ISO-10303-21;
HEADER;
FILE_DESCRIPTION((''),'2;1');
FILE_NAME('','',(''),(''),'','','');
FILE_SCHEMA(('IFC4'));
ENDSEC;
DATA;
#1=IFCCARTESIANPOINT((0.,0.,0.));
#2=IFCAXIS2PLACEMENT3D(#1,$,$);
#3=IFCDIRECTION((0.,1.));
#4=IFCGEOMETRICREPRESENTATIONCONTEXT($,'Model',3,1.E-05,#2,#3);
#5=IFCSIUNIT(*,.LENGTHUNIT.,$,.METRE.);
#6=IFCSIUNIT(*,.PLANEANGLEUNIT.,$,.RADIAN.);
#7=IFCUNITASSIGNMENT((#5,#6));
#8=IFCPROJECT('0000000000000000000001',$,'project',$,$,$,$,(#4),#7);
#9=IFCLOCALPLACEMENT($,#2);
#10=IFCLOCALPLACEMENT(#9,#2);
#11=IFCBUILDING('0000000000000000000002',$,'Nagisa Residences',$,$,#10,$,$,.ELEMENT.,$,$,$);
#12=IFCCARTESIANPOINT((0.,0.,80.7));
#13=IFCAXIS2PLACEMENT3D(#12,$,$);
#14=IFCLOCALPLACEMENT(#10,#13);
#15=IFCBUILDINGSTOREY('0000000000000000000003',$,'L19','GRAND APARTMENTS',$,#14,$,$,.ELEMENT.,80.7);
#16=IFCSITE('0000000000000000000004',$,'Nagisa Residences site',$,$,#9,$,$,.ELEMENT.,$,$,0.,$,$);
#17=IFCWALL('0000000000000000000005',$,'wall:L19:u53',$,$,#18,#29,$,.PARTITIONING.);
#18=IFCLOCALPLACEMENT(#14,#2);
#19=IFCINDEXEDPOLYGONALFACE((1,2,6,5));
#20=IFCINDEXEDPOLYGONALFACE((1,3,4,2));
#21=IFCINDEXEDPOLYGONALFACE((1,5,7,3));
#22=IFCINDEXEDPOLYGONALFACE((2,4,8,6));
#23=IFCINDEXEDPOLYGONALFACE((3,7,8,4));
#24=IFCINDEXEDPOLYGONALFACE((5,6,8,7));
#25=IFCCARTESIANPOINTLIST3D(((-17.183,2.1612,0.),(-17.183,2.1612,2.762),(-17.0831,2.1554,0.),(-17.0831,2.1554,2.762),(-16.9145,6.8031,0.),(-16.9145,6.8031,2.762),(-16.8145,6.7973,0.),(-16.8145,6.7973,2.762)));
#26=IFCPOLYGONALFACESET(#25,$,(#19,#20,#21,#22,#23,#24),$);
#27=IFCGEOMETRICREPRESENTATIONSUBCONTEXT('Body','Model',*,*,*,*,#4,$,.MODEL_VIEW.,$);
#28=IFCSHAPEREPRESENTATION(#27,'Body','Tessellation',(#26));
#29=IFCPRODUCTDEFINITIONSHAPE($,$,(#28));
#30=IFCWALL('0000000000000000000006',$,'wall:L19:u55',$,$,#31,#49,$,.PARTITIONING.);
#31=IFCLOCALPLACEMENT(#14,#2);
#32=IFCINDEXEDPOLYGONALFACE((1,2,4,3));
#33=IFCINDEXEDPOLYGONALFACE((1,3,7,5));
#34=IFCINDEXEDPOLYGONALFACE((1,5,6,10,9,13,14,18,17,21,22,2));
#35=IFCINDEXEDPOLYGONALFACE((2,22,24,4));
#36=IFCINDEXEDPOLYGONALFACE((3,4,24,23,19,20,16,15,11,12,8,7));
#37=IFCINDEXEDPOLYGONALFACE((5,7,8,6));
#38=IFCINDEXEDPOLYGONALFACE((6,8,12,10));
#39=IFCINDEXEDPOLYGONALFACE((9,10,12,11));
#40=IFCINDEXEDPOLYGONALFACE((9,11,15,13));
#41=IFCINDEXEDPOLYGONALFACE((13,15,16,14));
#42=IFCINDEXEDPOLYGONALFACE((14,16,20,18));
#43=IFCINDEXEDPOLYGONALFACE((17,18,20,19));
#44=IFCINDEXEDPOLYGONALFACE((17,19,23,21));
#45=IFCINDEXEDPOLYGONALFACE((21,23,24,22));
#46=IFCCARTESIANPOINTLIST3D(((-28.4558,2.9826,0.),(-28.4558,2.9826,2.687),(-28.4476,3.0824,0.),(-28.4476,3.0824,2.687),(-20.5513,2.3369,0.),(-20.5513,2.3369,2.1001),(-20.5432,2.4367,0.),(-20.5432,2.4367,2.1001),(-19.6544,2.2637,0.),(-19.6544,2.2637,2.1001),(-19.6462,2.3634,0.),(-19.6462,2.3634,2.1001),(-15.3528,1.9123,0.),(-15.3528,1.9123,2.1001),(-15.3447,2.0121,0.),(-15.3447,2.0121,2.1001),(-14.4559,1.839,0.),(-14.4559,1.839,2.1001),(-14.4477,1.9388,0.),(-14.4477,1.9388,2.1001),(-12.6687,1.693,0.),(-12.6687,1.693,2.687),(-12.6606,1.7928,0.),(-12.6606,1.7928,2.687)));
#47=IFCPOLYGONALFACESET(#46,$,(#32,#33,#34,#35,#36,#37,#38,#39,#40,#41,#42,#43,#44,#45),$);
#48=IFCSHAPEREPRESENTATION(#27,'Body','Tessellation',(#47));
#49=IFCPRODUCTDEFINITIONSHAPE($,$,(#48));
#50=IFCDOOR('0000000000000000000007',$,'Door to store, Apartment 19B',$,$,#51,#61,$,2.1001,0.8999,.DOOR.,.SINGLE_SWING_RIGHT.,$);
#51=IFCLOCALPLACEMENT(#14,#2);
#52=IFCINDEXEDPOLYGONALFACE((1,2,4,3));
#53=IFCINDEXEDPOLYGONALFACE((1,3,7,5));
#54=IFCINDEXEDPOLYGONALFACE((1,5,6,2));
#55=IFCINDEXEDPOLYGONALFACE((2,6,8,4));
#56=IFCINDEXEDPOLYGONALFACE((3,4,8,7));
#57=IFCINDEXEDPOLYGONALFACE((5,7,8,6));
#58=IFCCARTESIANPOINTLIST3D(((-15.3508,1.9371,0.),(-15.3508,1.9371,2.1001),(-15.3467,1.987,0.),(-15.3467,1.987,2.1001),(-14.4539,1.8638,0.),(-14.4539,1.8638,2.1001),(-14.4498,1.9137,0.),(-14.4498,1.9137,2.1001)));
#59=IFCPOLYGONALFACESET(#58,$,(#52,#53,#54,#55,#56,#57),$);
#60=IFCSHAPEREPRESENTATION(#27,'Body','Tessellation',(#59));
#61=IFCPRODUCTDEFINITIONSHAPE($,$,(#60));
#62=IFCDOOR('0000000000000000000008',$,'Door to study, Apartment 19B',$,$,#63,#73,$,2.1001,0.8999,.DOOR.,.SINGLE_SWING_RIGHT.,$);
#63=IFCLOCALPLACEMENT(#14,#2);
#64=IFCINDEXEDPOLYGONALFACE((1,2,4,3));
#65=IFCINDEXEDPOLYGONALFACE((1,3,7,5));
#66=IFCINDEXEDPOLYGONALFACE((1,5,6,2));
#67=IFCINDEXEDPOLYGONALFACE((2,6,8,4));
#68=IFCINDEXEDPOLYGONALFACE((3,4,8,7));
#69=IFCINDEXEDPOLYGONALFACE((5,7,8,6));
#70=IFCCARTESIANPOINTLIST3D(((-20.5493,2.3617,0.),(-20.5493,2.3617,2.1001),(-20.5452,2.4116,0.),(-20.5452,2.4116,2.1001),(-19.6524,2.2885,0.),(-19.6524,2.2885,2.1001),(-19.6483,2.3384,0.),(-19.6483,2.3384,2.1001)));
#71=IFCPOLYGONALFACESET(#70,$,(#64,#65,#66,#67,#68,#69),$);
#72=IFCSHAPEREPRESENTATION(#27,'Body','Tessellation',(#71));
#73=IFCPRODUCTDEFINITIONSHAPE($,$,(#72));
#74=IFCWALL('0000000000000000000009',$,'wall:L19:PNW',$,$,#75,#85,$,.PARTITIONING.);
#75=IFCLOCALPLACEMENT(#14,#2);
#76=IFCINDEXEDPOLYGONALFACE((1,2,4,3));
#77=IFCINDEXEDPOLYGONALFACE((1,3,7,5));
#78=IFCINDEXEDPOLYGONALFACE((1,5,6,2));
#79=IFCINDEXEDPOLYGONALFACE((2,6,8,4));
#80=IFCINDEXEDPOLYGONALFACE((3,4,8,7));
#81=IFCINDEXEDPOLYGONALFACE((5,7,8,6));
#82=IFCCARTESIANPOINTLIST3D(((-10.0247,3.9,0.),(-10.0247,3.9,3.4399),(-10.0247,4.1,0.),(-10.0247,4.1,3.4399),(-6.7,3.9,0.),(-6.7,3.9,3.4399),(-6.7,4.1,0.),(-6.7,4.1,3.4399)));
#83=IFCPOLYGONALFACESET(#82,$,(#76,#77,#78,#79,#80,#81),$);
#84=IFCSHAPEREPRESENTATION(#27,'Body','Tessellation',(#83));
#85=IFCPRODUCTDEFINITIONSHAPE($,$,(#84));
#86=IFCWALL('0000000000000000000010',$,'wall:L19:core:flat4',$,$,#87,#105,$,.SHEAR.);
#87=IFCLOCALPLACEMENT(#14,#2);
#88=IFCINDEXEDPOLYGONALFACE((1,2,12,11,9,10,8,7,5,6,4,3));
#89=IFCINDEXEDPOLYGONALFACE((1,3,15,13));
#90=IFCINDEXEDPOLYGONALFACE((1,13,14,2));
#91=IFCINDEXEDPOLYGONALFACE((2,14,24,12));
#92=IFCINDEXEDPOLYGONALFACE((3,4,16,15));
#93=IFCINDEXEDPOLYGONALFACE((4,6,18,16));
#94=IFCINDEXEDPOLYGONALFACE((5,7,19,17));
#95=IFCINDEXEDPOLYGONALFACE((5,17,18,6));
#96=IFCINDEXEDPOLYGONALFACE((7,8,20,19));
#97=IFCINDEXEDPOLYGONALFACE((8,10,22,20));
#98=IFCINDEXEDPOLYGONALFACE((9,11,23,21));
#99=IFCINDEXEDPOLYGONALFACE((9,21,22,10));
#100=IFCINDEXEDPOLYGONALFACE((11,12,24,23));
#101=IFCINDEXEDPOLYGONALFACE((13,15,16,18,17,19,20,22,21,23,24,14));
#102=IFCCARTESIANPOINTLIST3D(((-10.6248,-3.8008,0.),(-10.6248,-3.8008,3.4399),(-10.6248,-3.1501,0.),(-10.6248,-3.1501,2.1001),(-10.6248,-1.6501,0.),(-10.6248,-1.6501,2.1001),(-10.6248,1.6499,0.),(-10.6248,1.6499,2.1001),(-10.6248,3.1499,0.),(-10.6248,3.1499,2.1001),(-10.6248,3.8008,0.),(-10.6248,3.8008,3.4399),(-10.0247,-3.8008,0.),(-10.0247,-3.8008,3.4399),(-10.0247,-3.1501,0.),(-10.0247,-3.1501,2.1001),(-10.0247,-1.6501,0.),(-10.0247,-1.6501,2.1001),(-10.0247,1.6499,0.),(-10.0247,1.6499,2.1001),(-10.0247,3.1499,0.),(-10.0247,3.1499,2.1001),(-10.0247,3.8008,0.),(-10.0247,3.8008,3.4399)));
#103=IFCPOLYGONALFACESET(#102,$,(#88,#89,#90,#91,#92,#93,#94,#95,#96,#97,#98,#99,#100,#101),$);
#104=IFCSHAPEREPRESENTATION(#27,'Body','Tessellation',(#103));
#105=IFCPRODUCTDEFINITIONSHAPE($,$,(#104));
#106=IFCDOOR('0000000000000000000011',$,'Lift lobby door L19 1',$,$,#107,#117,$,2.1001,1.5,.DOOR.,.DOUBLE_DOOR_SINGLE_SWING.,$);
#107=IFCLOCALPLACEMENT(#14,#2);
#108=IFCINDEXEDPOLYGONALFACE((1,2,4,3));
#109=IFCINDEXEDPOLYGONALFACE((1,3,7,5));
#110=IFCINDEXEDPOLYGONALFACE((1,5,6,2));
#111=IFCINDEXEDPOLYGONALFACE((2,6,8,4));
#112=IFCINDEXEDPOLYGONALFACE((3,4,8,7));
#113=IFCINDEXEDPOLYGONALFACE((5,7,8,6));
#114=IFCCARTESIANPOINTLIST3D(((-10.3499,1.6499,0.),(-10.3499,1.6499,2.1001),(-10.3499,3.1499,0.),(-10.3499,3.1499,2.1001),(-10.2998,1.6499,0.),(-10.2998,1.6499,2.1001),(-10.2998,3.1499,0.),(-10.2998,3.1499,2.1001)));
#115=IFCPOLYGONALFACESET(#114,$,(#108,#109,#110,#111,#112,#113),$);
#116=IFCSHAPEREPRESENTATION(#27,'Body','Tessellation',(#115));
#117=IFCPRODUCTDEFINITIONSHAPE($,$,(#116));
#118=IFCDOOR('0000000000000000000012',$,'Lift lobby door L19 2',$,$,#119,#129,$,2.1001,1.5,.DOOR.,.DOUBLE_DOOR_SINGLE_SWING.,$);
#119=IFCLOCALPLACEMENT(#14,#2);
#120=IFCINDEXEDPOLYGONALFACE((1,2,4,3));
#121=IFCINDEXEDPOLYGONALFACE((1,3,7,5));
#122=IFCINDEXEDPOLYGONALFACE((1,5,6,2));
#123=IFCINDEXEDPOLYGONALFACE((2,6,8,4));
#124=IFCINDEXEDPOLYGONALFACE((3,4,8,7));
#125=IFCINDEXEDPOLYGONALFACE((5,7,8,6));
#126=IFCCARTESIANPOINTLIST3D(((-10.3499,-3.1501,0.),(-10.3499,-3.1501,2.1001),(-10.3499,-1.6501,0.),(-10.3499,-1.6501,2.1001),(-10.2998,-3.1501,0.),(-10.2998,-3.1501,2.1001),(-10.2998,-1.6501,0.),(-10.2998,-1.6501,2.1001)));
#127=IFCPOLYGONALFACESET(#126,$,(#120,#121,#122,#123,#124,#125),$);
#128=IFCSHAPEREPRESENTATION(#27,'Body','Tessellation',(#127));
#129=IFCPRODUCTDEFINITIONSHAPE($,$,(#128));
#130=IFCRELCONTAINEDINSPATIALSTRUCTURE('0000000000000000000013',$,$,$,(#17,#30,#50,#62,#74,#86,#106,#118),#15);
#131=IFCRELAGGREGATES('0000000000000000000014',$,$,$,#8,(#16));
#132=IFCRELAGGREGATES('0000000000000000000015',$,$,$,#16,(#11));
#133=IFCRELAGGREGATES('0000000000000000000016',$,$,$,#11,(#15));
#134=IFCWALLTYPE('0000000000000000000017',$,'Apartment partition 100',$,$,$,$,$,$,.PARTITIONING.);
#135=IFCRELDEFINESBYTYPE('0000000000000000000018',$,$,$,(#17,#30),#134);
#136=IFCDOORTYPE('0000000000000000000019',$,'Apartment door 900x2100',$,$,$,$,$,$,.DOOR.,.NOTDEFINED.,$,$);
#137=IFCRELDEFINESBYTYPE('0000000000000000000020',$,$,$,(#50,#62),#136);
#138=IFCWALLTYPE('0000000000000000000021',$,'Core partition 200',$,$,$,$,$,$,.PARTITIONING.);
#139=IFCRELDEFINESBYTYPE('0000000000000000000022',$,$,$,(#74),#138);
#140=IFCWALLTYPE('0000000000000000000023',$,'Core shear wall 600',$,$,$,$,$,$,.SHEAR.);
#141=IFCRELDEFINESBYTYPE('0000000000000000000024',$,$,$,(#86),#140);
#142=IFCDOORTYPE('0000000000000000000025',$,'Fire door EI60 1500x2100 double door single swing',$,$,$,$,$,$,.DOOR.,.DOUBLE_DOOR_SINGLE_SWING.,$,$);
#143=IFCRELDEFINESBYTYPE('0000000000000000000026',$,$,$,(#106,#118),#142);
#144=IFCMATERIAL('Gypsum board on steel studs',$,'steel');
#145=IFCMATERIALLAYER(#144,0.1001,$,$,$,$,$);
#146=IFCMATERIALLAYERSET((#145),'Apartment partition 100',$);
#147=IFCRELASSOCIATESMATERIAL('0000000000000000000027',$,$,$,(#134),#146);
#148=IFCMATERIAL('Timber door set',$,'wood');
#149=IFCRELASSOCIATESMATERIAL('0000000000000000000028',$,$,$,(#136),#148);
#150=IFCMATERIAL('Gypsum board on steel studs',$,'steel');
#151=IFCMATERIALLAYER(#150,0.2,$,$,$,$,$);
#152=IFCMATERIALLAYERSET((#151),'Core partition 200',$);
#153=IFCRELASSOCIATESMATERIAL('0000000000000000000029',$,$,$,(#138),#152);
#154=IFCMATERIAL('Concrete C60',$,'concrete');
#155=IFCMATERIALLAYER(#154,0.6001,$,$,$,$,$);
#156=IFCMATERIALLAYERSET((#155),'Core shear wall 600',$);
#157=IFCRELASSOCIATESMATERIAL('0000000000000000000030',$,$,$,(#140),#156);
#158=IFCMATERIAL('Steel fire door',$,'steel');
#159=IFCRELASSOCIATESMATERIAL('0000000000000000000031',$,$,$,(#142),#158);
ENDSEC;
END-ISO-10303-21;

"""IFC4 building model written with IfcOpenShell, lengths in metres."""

from ifc_helpers import new_model, si_unit, direction, frame, frame_2d, origin, place, context, subcontext, project, spatial, rectangle, extrude, material, layer, layer_set, type_object, element, fill, save


model = new_model("IFC4")

# Units and contexts
model_context = context("Model", 3, precision=1e-05, world=origin(), true_north=direction((0.0, 1.0)))
body_context = subcontext(model_context, "Body", "Model", "MODEL_VIEW")
ifc_project = project(units=[si_unit("LENGTHUNIT", "METRE"), si_unit("PLANEANGLEUNIT", "RADIAN")], contexts=[model_context])

# Site, building, storey
site_placement = place(None, origin())
site = spatial("IfcSite", under=ifc_project, at=site_placement, Name="Nagisa Residences site", CompositionType="ELEMENT", RefElevation=0.0)
building_placement = place(site_placement, origin())
building = spatial("IfcBuilding", under=site, at=building_placement, Name="Nagisa Residences", CompositionType="ELEMENT")
storey_placement = place(building_placement, frame((0.0, 0.0, 80.7)))
storey = spatial("IfcBuildingStorey", under=building, at=storey_placement, Name="L19", Description="GRAND APARTMENTS", CompositionType="ELEMENT", Elevation=80.7)

# Shared definitions
ifc_material_1 = material(Name="Gypsum board on steel studs", Category="steel")
ifc_layer_1 = layer(ifc_material_1, 0.1001)
ifc_layer_set_1 = layer_set([ifc_layer_1], Name="Apartment partition 100")
wall_type_1 = type_object("IfcWallType", Name="Apartment partition 100", PredefinedType="PARTITIONING", material=ifc_layer_set_1)

# Shared definitions
ifc_material_2 = material(Name="Timber door set", Category="wood")
door_type_1 = type_object("IfcDoorType", Name="Apartment door 900x2100", OperationType="NOTDEFINED", PredefinedType="DOOR", material=ifc_material_2)

# Wall
wall_1_placement = place(storey_placement, frame((-16.8645, 6.8, 0.0), z_axis=(0.0, 0.0, 1.0), x_axis=(-0.057759, -0.998331, 0.0)))
element("IfcWall", 1, at=wall_1_placement, inside=storey, type_object=wall_type_1, Name="wall:L19:u53", PredefinedType="PARTITIONING", context=body_context, shape_type="SweptSolid", body=[
    extrude(rectangle(XDim=4.6497, YDim=0.1001, at=frame_2d((2.3247, 0.0))), origin(), (0.0, 0.0, 1.0), 2.762),
])

# Wall, openings, doors
wall_2_placement = place(storey_placement, frame((-12.6646, 1.7429, 0.0), z_axis=(0.0, 0.0, 1.0), x_axis=(-0.99668, 0.081413, 0.0)))
wall_2 = element("IfcWall", 2, at=wall_2_placement, inside=storey, type_object=wall_type_1, Name="wall:L19:u55", PredefinedType="PARTITIONING", context=body_context, shape_type="SweptSolid", body=[
    extrude(rectangle(XDim=15.8396, YDim=0.1001, at=frame_2d((7.9199, 0.0))), origin(), (0.0, 0.0, 1.0), 2.687),
])
opening_1_placement = place(wall_2_placement, frame((1.7932, 0.0, 0.0)))
opening_1 = element("IfcOpeningElement", 3, at=opening_1_placement, cuts=wall_2, PredefinedType="OPENING", context=body_context, shape_type="SweptSolid", body=[
    extrude(rectangle(XDim=0.8999, YDim=2.1001, at=frame_2d((0.45, 1.05))), frame((0.0, 0.0601, 0.0), z_axis=(0.0, -1.0, 0.0), x_axis=(1.0, 0.0, 0.0)), (0.0, 0.0, 1.0), 0.1201),
])
opening_2_placement = place(wall_2_placement, frame((7.009, 0.0, 0.0)))
opening_2 = element("IfcOpeningElement", 4, at=opening_2_placement, cuts=wall_2, PredefinedType="OPENING", context=body_context, shape_type="SweptSolid", body=[
    extrude(rectangle(XDim=0.8999, YDim=2.1001, at=frame_2d((0.45, 1.05))), frame((0.0, 0.0601, 0.0), z_axis=(0.0, -1.0, 0.0), x_axis=(1.0, 0.0, 0.0)), (0.0, 0.0, 1.0), 0.1201),
])
door_1_placement = place(opening_1_placement, frame((0.8999, 0.0, 0.0), x_axis=(-1.0, 0.0, 0.0)))
door_1 = element("IfcDoor", 5, at=door_1_placement, inside=storey, type_object=door_type_1, Name="Door to store, Apartment 19B", OperationType="SINGLE_SWING_RIGHT", OverallHeight=2.1001, OverallWidth=0.8999, PredefinedType="DOOR", context=body_context, shape_type="SweptSolid", body=[
    extrude(rectangle(XDim=0.8999, YDim=2.1001, at=frame_2d((0.45, 1.05))), frame((0.0, 0.0249, 0.0), z_axis=(0.0, -1.0, 0.0), x_axis=(1.0, 0.0, 0.0)), (0.0, 0.0, 1.0), 0.05),
])
fill(opening_1, door_1)
door_2_placement = place(opening_2_placement, frame((0.8999, 0.0, 0.0), x_axis=(-1.0, 0.0, 0.0)))
door_2 = element("IfcDoor", 6, at=door_2_placement, inside=storey, type_object=door_type_1, Name="Door to study, Apartment 19B", OperationType="SINGLE_SWING_RIGHT", OverallHeight=2.1001, OverallWidth=0.8999, PredefinedType="DOOR", context=body_context, shape_type="SweptSolid", body=[
    extrude(rectangle(XDim=0.8999, YDim=2.1001, at=frame_2d((0.45, 1.05))), frame((0.0, 0.0249, 0.0), z_axis=(0.0, -1.0, 0.0), x_axis=(1.0, 0.0, 0.0)), (0.0, 0.0, 1.0), 0.05),
])
fill(opening_2, door_2)

# Wall
ifc_material_3 = material(Name="Gypsum board on steel studs", Category="steel")
ifc_layer_2 = layer(ifc_material_3, 0.2)
ifc_layer_set_2 = layer_set([ifc_layer_2], Name="Core partition 200")
wall_type_2 = type_object("IfcWallType", Name="Core partition 200", PredefinedType="PARTITIONING", material=ifc_layer_set_2)
wall_3_placement = place(storey_placement, frame((-10.0247, 4.0, 0.0), z_axis=(0.0, 0.0, 1.0), x_axis=(1.0, 0.0, 0.0)))
element("IfcWall", 7, at=wall_3_placement, inside=storey, type_object=wall_type_2, Name="wall:L19:PNW", PredefinedType="PARTITIONING", context=body_context, shape_type="SweptSolid", body=[
    extrude(rectangle(XDim=3.3247, YDim=0.2, at=frame_2d((1.6624, 0.0))), origin(), (0.0, 0.0, 1.0), 3.4399),
])

# Wall, openings, doors
ifc_material_4 = material(Name="Concrete C60", Category="concrete")
ifc_layer_3 = layer(ifc_material_4, 0.6001)
ifc_layer_set_3 = layer_set([ifc_layer_3], Name="Core shear wall 600")
wall_type_3 = type_object("IfcWallType", Name="Core shear wall 600", PredefinedType="SHEAR", material=ifc_layer_set_3)
wall_4_placement = place(storey_placement, frame((-10.3247, 3.8008, 0.0), z_axis=(0.0, 0.0, 1.0), x_axis=(0.0, -1.0, 0.0)))
wall_4 = element("IfcWall", 8, at=wall_4_placement, inside=storey, type_object=wall_type_3, Name="wall:L19:core:flat4", PredefinedType="SHEAR", context=body_context, shape_type="SweptSolid", body=[
    extrude(rectangle(XDim=7.6016, YDim=0.6001, at=frame_2d((3.8008, 0.0))), origin(), (0.0, 0.0, 1.0), 3.4399),
])
opening_3_placement = place(wall_4_placement, frame((0.6509, 0.0, 0.0)))
opening_3 = element("IfcOpeningElement", 9, at=opening_3_placement, cuts=wall_4, PredefinedType="OPENING", context=body_context, shape_type="SweptSolid", body=[
    extrude(rectangle(XDim=1.5, YDim=2.1001, at=frame_2d((0.75, 1.05))), frame((0.0, 0.3101, 0.0), z_axis=(0.0, -1.0, 0.0), x_axis=(1.0, 0.0, 0.0)), (0.0, 0.0, 1.0), 0.6201),
])
opening_4_placement = place(wall_4_placement, frame((5.4509, 0.0, 0.0)))
opening_4 = element("IfcOpeningElement", 10, at=opening_4_placement, cuts=wall_4, PredefinedType="OPENING", context=body_context, shape_type="SweptSolid", body=[
    extrude(rectangle(XDim=1.5, YDim=2.1001, at=frame_2d((0.75, 1.05))), frame((0.0, 0.3101, 0.0), z_axis=(0.0, -1.0, 0.0), x_axis=(1.0, 0.0, 0.0)), (0.0, 0.0, 1.0), 0.6201),
])
ifc_material_5 = material(Name="Steel fire door", Category="steel")
door_type_2 = type_object("IfcDoorType", Name="Fire door EI60 1500x2100 double door single swing", OperationType="DOUBLE_DOOR_SINGLE_SWING", PredefinedType="DOOR", material=ifc_material_5)
door_3_placement = place(opening_3_placement, origin())
door_3 = element("IfcDoor", 11, at=door_3_placement, inside=storey, type_object=door_type_2, Name="Lift lobby door L19 1", OperationType="DOUBLE_DOOR_SINGLE_SWING", OverallHeight=2.1001, OverallWidth=1.5, PredefinedType="DOOR", context=body_context, shape_type="SweptSolid", body=[
    extrude(rectangle(XDim=1.5, YDim=2.1001, at=frame_2d((0.75, 1.05))), frame((0.0, 0.0249, 0.0), z_axis=(0.0, -1.0, 0.0), x_axis=(1.0, 0.0, 0.0)), (0.0, 0.0, 1.0), 0.05),
])
fill(opening_3, door_3)
door_4_placement = place(opening_4_placement, origin())
door_4 = element("IfcDoor", 12, at=door_4_placement, inside=storey, type_object=door_type_2, Name="Lift lobby door L19 2", OperationType="DOUBLE_DOOR_SINGLE_SWING", OverallHeight=2.1001, OverallWidth=1.5, PredefinedType="DOOR", context=body_context, shape_type="SweptSolid", body=[
    extrude(rectangle(XDim=1.5, YDim=2.1001, at=frame_2d((0.75, 1.05))), frame((0.0, 0.0249, 0.0), z_axis=(0.0, -1.0, 0.0), x_axis=(1.0, 0.0, 0.0)), (0.0, 0.0, 1.0), 0.05),
])
fill(opening_4, door_4)

save(model, "model.ifc")
